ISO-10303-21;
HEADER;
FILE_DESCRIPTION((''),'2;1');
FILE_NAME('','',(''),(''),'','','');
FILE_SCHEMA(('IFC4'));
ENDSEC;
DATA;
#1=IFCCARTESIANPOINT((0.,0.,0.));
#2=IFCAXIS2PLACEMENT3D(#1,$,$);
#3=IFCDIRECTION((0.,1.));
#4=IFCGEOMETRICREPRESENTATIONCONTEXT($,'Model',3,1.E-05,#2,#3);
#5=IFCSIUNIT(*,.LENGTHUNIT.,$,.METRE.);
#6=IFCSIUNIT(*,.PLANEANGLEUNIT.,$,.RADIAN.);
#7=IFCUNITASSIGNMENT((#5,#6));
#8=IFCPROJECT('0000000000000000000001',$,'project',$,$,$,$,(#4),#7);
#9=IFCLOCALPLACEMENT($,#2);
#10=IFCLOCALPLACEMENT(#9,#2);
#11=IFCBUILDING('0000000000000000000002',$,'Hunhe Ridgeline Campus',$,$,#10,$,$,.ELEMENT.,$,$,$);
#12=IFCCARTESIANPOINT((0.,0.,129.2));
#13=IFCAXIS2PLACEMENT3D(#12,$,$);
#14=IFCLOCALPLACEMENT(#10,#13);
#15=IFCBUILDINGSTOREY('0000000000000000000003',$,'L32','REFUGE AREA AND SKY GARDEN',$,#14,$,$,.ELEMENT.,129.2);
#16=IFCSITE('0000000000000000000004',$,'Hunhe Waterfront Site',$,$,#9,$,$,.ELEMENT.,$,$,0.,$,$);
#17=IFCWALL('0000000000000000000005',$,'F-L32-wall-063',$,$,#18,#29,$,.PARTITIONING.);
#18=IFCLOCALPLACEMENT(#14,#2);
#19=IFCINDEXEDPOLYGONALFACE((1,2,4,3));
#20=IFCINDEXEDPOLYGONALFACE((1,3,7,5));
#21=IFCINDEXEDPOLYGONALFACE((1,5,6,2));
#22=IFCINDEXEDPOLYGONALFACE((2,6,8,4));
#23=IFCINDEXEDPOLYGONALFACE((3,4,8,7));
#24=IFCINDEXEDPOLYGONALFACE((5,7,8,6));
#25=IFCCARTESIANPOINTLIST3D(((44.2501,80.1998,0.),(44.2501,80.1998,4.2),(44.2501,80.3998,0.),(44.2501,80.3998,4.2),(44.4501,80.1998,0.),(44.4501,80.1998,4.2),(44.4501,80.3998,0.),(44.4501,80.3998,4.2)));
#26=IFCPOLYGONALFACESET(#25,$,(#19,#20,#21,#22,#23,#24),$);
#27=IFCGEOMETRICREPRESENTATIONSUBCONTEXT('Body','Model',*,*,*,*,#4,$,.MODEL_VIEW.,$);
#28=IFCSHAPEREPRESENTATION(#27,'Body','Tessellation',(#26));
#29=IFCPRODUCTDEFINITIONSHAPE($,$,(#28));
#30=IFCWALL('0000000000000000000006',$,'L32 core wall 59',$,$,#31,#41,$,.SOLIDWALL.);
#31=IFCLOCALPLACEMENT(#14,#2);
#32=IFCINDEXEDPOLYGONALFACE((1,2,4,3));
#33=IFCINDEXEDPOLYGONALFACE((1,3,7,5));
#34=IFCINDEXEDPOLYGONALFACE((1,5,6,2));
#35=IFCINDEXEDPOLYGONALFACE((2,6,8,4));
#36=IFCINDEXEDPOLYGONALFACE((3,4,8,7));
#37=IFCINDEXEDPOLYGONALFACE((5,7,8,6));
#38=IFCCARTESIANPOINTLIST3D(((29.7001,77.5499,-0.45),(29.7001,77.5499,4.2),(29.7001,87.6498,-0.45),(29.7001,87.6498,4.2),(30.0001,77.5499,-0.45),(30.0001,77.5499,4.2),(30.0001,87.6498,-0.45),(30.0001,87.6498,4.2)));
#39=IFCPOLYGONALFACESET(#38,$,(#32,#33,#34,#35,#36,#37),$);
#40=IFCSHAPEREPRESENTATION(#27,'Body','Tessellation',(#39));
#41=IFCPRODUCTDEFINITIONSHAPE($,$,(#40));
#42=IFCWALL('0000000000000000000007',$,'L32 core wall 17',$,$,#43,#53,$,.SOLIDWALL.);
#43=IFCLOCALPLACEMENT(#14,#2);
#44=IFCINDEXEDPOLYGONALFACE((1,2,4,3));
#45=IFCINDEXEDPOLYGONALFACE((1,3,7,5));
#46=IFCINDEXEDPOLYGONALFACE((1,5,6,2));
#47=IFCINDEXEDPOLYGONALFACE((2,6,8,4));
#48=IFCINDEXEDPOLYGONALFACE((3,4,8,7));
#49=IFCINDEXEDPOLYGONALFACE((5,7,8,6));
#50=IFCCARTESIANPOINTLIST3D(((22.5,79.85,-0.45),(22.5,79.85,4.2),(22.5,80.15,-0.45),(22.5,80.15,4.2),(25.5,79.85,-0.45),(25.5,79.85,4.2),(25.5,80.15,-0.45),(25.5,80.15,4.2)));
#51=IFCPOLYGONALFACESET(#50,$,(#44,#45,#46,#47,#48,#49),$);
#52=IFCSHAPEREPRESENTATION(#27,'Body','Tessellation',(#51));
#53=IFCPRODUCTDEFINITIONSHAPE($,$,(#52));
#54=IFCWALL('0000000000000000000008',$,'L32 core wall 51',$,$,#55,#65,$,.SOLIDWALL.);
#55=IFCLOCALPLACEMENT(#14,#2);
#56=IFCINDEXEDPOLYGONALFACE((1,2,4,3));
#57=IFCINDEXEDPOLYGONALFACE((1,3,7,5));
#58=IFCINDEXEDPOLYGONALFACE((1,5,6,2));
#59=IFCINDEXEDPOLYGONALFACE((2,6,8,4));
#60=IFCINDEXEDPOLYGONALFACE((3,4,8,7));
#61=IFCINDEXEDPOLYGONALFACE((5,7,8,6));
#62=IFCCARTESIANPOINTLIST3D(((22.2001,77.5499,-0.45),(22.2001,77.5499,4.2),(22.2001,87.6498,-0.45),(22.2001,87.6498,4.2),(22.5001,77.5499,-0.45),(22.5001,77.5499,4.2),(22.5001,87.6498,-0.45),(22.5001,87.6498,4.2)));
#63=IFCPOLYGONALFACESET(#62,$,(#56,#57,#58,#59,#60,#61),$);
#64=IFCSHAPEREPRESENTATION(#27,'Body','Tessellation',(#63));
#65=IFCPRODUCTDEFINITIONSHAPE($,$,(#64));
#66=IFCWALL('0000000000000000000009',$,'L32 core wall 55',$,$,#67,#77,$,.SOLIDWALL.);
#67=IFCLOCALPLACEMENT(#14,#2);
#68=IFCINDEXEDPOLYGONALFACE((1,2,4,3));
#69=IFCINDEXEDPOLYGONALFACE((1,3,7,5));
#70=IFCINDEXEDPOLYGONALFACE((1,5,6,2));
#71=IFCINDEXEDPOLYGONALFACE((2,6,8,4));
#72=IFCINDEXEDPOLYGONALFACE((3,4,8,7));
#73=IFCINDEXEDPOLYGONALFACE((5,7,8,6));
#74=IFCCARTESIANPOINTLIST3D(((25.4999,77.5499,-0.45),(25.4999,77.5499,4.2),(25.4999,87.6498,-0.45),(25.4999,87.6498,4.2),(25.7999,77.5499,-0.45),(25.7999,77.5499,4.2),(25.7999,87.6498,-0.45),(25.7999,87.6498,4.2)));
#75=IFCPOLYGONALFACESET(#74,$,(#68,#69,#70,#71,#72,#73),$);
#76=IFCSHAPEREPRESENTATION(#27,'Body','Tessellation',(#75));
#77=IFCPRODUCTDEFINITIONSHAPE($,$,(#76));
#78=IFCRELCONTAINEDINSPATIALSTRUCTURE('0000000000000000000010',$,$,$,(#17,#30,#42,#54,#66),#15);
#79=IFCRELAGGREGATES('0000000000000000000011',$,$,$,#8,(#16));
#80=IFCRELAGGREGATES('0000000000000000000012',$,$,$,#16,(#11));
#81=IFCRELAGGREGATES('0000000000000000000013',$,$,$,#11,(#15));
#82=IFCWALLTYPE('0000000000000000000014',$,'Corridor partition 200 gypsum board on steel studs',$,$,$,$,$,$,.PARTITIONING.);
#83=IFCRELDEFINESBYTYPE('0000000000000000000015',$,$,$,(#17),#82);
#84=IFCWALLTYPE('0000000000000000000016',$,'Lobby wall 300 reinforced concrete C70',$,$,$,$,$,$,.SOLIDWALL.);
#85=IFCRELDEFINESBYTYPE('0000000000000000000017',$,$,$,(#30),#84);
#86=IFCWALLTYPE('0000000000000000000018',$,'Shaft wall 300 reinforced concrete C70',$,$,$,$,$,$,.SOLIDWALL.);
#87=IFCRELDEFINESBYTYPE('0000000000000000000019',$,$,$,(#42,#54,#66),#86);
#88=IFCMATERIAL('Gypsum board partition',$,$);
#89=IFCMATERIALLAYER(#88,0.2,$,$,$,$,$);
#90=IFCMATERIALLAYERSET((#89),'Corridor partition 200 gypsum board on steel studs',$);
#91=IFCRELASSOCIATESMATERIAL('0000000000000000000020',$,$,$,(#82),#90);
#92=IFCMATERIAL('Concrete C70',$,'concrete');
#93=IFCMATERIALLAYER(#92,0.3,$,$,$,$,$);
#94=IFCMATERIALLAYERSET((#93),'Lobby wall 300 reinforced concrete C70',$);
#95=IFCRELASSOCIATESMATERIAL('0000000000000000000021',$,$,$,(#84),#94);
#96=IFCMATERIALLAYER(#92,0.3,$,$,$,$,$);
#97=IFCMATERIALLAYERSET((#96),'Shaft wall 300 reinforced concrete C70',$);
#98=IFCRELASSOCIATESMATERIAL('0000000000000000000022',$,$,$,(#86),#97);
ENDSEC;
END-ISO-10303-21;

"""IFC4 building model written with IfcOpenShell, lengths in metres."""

from ifc_helpers import new_model, si_unit, direction, frame, frame_2d, origin, place, context, subcontext, project, spatial, rectangle, extrude, material, layer, layer_set, type_object, element, save


model = new_model("IFC4")

# Units and contexts
model_context = context("Model", 3, precision=1e-05, world=origin(), true_north=direction((0.0, 1.0)))
body_context = subcontext(model_context, "Body", "Model", "MODEL_VIEW")
ifc_project = project(units=[si_unit("LENGTHUNIT", "METRE"), si_unit("PLANEANGLEUNIT", "RADIAN")], contexts=[model_context])

# Site, building, storey
site_placement = place(None, origin())
site = spatial("IfcSite", under=ifc_project, at=site_placement, Name="Hunhe Waterfront Site", CompositionType="ELEMENT", RefElevation=0.0)
building_placement = place(site_placement, origin())
building = spatial("IfcBuilding", under=site, at=building_placement, Name="Hunhe Ridgeline Campus", CompositionType="ELEMENT")
storey_placement = place(building_placement, frame((0.0, 0.0, 129.2)))
storey = spatial("IfcBuildingStorey", under=building, at=storey_placement, Name="L32", Description="REFUGE AREA AND SKY GARDEN", CompositionType="ELEMENT", Elevation=129.2)

# Wall
ifc_material_1 = material(Name="Gypsum board partition")
ifc_layer_1 = layer(ifc_material_1, 0.2)
ifc_layer_set_1 = layer_set([ifc_layer_1], Name="Corridor partition 200 gypsum board on steel studs")
wall_type_1 = type_object("IfcWallType", Name="Corridor partition 200 gypsum board on steel studs", PredefinedType="PARTITIONING", material=ifc_layer_set_1)
wall_1_placement = place(storey_placement, frame((44.3501, 80.3999, 0.0), z_axis=(0.0, 0.0, 1.0), x_axis=(0.0, -1.0, 0.0)))
element("IfcWall", 1, at=wall_1_placement, inside=storey, type_object=wall_type_1, Name="F-L32-wall-063", PredefinedType="PARTITIONING", context=body_context, shape_type="SweptSolid", body=[
    extrude(rectangle(XDim=0.2, YDim=0.2, at=frame_2d((0.1001, 0.0))), origin(), (0.0, 0.0, 1.0), 4.2),
])

# Shared definitions
ifc_material_2 = material(Name="Concrete C70", Category="concrete")
ifc_layer_2 = layer(ifc_material_2, 0.3)
ifc_layer_set_2 = layer_set([ifc_layer_2], Name="Lobby wall 300 reinforced concrete C70")
wall_type_2 = type_object("IfcWallType", Name="Lobby wall 300 reinforced concrete C70", PredefinedType="SOLIDWALL", material=ifc_layer_set_2)

# Walls
wall_2_placement = place(storey_placement, frame((29.8501, 77.55, -0.45), z_axis=(0.0, 0.0, 1.0), x_axis=(0.0, 1.0, 0.0)))
element("IfcWall", 2, at=wall_2_placement, inside=storey, type_object=wall_type_2, Name="L32 core wall 59", PredefinedType="SOLIDWALL", context=body_context, shape_type="SweptSolid", body=[
    extrude(rectangle(XDim=10.0999, YDim=0.3, at=frame_2d((5.0498, 0.0))), origin(), (0.0, 0.0, 1.0), 4.6499),
])
ifc_layer_3 = layer(ifc_material_2, 0.3)
ifc_layer_set_3 = layer_set([ifc_layer_3], Name="Shaft wall 300 reinforced concrete C70")
wall_type_3 = type_object("IfcWallType", Name="Shaft wall 300 reinforced concrete C70", PredefinedType="SOLIDWALL", material=ifc_layer_set_3)
wall_3_placement = place(storey_placement, frame((22.5, 80.0, -0.45), z_axis=(0.0, 0.0, 1.0), x_axis=(1.0, 0.0, 0.0)))
element("IfcWall", 3, at=wall_3_placement, inside=storey, type_object=wall_type_3, Name="L32 core wall 17", PredefinedType="SOLIDWALL", context=body_context, shape_type="SweptSolid", body=[
    extrude(rectangle(XDim=3.0, YDim=0.3, at=frame_2d((1.5, 0.0))), origin(), (0.0, 0.0, 1.0), 4.6499),
])
for number, where, z_axis, x_axis, name in (
    (4, (22.3501, 77.55, -0.45), (0.0, 0.0, 1.0), (0.0, 1.0, 0.0), "L32 core wall 51"),
    (5, (25.6499, 77.55, -0.45), (0.0, 0.0, 1.0), (0.0, 1.0, 0.0), "L32 core wall 55"),
):
    element("IfcWall", number, at=place(storey_placement, frame(where, z_axis=z_axis, x_axis=x_axis)), inside=storey, type_object=wall_type_3, Name=name, PredefinedType="SOLIDWALL", context=body_context, shape_type="SweptSolid", body=[
        extrude(rectangle(XDim=10.0999, YDim=0.3, at=frame_2d((5.0498, 0.0))), origin(), (0.0, 0.0, 1.0), 4.6499),
    ])

save(model, "model.ifc")
